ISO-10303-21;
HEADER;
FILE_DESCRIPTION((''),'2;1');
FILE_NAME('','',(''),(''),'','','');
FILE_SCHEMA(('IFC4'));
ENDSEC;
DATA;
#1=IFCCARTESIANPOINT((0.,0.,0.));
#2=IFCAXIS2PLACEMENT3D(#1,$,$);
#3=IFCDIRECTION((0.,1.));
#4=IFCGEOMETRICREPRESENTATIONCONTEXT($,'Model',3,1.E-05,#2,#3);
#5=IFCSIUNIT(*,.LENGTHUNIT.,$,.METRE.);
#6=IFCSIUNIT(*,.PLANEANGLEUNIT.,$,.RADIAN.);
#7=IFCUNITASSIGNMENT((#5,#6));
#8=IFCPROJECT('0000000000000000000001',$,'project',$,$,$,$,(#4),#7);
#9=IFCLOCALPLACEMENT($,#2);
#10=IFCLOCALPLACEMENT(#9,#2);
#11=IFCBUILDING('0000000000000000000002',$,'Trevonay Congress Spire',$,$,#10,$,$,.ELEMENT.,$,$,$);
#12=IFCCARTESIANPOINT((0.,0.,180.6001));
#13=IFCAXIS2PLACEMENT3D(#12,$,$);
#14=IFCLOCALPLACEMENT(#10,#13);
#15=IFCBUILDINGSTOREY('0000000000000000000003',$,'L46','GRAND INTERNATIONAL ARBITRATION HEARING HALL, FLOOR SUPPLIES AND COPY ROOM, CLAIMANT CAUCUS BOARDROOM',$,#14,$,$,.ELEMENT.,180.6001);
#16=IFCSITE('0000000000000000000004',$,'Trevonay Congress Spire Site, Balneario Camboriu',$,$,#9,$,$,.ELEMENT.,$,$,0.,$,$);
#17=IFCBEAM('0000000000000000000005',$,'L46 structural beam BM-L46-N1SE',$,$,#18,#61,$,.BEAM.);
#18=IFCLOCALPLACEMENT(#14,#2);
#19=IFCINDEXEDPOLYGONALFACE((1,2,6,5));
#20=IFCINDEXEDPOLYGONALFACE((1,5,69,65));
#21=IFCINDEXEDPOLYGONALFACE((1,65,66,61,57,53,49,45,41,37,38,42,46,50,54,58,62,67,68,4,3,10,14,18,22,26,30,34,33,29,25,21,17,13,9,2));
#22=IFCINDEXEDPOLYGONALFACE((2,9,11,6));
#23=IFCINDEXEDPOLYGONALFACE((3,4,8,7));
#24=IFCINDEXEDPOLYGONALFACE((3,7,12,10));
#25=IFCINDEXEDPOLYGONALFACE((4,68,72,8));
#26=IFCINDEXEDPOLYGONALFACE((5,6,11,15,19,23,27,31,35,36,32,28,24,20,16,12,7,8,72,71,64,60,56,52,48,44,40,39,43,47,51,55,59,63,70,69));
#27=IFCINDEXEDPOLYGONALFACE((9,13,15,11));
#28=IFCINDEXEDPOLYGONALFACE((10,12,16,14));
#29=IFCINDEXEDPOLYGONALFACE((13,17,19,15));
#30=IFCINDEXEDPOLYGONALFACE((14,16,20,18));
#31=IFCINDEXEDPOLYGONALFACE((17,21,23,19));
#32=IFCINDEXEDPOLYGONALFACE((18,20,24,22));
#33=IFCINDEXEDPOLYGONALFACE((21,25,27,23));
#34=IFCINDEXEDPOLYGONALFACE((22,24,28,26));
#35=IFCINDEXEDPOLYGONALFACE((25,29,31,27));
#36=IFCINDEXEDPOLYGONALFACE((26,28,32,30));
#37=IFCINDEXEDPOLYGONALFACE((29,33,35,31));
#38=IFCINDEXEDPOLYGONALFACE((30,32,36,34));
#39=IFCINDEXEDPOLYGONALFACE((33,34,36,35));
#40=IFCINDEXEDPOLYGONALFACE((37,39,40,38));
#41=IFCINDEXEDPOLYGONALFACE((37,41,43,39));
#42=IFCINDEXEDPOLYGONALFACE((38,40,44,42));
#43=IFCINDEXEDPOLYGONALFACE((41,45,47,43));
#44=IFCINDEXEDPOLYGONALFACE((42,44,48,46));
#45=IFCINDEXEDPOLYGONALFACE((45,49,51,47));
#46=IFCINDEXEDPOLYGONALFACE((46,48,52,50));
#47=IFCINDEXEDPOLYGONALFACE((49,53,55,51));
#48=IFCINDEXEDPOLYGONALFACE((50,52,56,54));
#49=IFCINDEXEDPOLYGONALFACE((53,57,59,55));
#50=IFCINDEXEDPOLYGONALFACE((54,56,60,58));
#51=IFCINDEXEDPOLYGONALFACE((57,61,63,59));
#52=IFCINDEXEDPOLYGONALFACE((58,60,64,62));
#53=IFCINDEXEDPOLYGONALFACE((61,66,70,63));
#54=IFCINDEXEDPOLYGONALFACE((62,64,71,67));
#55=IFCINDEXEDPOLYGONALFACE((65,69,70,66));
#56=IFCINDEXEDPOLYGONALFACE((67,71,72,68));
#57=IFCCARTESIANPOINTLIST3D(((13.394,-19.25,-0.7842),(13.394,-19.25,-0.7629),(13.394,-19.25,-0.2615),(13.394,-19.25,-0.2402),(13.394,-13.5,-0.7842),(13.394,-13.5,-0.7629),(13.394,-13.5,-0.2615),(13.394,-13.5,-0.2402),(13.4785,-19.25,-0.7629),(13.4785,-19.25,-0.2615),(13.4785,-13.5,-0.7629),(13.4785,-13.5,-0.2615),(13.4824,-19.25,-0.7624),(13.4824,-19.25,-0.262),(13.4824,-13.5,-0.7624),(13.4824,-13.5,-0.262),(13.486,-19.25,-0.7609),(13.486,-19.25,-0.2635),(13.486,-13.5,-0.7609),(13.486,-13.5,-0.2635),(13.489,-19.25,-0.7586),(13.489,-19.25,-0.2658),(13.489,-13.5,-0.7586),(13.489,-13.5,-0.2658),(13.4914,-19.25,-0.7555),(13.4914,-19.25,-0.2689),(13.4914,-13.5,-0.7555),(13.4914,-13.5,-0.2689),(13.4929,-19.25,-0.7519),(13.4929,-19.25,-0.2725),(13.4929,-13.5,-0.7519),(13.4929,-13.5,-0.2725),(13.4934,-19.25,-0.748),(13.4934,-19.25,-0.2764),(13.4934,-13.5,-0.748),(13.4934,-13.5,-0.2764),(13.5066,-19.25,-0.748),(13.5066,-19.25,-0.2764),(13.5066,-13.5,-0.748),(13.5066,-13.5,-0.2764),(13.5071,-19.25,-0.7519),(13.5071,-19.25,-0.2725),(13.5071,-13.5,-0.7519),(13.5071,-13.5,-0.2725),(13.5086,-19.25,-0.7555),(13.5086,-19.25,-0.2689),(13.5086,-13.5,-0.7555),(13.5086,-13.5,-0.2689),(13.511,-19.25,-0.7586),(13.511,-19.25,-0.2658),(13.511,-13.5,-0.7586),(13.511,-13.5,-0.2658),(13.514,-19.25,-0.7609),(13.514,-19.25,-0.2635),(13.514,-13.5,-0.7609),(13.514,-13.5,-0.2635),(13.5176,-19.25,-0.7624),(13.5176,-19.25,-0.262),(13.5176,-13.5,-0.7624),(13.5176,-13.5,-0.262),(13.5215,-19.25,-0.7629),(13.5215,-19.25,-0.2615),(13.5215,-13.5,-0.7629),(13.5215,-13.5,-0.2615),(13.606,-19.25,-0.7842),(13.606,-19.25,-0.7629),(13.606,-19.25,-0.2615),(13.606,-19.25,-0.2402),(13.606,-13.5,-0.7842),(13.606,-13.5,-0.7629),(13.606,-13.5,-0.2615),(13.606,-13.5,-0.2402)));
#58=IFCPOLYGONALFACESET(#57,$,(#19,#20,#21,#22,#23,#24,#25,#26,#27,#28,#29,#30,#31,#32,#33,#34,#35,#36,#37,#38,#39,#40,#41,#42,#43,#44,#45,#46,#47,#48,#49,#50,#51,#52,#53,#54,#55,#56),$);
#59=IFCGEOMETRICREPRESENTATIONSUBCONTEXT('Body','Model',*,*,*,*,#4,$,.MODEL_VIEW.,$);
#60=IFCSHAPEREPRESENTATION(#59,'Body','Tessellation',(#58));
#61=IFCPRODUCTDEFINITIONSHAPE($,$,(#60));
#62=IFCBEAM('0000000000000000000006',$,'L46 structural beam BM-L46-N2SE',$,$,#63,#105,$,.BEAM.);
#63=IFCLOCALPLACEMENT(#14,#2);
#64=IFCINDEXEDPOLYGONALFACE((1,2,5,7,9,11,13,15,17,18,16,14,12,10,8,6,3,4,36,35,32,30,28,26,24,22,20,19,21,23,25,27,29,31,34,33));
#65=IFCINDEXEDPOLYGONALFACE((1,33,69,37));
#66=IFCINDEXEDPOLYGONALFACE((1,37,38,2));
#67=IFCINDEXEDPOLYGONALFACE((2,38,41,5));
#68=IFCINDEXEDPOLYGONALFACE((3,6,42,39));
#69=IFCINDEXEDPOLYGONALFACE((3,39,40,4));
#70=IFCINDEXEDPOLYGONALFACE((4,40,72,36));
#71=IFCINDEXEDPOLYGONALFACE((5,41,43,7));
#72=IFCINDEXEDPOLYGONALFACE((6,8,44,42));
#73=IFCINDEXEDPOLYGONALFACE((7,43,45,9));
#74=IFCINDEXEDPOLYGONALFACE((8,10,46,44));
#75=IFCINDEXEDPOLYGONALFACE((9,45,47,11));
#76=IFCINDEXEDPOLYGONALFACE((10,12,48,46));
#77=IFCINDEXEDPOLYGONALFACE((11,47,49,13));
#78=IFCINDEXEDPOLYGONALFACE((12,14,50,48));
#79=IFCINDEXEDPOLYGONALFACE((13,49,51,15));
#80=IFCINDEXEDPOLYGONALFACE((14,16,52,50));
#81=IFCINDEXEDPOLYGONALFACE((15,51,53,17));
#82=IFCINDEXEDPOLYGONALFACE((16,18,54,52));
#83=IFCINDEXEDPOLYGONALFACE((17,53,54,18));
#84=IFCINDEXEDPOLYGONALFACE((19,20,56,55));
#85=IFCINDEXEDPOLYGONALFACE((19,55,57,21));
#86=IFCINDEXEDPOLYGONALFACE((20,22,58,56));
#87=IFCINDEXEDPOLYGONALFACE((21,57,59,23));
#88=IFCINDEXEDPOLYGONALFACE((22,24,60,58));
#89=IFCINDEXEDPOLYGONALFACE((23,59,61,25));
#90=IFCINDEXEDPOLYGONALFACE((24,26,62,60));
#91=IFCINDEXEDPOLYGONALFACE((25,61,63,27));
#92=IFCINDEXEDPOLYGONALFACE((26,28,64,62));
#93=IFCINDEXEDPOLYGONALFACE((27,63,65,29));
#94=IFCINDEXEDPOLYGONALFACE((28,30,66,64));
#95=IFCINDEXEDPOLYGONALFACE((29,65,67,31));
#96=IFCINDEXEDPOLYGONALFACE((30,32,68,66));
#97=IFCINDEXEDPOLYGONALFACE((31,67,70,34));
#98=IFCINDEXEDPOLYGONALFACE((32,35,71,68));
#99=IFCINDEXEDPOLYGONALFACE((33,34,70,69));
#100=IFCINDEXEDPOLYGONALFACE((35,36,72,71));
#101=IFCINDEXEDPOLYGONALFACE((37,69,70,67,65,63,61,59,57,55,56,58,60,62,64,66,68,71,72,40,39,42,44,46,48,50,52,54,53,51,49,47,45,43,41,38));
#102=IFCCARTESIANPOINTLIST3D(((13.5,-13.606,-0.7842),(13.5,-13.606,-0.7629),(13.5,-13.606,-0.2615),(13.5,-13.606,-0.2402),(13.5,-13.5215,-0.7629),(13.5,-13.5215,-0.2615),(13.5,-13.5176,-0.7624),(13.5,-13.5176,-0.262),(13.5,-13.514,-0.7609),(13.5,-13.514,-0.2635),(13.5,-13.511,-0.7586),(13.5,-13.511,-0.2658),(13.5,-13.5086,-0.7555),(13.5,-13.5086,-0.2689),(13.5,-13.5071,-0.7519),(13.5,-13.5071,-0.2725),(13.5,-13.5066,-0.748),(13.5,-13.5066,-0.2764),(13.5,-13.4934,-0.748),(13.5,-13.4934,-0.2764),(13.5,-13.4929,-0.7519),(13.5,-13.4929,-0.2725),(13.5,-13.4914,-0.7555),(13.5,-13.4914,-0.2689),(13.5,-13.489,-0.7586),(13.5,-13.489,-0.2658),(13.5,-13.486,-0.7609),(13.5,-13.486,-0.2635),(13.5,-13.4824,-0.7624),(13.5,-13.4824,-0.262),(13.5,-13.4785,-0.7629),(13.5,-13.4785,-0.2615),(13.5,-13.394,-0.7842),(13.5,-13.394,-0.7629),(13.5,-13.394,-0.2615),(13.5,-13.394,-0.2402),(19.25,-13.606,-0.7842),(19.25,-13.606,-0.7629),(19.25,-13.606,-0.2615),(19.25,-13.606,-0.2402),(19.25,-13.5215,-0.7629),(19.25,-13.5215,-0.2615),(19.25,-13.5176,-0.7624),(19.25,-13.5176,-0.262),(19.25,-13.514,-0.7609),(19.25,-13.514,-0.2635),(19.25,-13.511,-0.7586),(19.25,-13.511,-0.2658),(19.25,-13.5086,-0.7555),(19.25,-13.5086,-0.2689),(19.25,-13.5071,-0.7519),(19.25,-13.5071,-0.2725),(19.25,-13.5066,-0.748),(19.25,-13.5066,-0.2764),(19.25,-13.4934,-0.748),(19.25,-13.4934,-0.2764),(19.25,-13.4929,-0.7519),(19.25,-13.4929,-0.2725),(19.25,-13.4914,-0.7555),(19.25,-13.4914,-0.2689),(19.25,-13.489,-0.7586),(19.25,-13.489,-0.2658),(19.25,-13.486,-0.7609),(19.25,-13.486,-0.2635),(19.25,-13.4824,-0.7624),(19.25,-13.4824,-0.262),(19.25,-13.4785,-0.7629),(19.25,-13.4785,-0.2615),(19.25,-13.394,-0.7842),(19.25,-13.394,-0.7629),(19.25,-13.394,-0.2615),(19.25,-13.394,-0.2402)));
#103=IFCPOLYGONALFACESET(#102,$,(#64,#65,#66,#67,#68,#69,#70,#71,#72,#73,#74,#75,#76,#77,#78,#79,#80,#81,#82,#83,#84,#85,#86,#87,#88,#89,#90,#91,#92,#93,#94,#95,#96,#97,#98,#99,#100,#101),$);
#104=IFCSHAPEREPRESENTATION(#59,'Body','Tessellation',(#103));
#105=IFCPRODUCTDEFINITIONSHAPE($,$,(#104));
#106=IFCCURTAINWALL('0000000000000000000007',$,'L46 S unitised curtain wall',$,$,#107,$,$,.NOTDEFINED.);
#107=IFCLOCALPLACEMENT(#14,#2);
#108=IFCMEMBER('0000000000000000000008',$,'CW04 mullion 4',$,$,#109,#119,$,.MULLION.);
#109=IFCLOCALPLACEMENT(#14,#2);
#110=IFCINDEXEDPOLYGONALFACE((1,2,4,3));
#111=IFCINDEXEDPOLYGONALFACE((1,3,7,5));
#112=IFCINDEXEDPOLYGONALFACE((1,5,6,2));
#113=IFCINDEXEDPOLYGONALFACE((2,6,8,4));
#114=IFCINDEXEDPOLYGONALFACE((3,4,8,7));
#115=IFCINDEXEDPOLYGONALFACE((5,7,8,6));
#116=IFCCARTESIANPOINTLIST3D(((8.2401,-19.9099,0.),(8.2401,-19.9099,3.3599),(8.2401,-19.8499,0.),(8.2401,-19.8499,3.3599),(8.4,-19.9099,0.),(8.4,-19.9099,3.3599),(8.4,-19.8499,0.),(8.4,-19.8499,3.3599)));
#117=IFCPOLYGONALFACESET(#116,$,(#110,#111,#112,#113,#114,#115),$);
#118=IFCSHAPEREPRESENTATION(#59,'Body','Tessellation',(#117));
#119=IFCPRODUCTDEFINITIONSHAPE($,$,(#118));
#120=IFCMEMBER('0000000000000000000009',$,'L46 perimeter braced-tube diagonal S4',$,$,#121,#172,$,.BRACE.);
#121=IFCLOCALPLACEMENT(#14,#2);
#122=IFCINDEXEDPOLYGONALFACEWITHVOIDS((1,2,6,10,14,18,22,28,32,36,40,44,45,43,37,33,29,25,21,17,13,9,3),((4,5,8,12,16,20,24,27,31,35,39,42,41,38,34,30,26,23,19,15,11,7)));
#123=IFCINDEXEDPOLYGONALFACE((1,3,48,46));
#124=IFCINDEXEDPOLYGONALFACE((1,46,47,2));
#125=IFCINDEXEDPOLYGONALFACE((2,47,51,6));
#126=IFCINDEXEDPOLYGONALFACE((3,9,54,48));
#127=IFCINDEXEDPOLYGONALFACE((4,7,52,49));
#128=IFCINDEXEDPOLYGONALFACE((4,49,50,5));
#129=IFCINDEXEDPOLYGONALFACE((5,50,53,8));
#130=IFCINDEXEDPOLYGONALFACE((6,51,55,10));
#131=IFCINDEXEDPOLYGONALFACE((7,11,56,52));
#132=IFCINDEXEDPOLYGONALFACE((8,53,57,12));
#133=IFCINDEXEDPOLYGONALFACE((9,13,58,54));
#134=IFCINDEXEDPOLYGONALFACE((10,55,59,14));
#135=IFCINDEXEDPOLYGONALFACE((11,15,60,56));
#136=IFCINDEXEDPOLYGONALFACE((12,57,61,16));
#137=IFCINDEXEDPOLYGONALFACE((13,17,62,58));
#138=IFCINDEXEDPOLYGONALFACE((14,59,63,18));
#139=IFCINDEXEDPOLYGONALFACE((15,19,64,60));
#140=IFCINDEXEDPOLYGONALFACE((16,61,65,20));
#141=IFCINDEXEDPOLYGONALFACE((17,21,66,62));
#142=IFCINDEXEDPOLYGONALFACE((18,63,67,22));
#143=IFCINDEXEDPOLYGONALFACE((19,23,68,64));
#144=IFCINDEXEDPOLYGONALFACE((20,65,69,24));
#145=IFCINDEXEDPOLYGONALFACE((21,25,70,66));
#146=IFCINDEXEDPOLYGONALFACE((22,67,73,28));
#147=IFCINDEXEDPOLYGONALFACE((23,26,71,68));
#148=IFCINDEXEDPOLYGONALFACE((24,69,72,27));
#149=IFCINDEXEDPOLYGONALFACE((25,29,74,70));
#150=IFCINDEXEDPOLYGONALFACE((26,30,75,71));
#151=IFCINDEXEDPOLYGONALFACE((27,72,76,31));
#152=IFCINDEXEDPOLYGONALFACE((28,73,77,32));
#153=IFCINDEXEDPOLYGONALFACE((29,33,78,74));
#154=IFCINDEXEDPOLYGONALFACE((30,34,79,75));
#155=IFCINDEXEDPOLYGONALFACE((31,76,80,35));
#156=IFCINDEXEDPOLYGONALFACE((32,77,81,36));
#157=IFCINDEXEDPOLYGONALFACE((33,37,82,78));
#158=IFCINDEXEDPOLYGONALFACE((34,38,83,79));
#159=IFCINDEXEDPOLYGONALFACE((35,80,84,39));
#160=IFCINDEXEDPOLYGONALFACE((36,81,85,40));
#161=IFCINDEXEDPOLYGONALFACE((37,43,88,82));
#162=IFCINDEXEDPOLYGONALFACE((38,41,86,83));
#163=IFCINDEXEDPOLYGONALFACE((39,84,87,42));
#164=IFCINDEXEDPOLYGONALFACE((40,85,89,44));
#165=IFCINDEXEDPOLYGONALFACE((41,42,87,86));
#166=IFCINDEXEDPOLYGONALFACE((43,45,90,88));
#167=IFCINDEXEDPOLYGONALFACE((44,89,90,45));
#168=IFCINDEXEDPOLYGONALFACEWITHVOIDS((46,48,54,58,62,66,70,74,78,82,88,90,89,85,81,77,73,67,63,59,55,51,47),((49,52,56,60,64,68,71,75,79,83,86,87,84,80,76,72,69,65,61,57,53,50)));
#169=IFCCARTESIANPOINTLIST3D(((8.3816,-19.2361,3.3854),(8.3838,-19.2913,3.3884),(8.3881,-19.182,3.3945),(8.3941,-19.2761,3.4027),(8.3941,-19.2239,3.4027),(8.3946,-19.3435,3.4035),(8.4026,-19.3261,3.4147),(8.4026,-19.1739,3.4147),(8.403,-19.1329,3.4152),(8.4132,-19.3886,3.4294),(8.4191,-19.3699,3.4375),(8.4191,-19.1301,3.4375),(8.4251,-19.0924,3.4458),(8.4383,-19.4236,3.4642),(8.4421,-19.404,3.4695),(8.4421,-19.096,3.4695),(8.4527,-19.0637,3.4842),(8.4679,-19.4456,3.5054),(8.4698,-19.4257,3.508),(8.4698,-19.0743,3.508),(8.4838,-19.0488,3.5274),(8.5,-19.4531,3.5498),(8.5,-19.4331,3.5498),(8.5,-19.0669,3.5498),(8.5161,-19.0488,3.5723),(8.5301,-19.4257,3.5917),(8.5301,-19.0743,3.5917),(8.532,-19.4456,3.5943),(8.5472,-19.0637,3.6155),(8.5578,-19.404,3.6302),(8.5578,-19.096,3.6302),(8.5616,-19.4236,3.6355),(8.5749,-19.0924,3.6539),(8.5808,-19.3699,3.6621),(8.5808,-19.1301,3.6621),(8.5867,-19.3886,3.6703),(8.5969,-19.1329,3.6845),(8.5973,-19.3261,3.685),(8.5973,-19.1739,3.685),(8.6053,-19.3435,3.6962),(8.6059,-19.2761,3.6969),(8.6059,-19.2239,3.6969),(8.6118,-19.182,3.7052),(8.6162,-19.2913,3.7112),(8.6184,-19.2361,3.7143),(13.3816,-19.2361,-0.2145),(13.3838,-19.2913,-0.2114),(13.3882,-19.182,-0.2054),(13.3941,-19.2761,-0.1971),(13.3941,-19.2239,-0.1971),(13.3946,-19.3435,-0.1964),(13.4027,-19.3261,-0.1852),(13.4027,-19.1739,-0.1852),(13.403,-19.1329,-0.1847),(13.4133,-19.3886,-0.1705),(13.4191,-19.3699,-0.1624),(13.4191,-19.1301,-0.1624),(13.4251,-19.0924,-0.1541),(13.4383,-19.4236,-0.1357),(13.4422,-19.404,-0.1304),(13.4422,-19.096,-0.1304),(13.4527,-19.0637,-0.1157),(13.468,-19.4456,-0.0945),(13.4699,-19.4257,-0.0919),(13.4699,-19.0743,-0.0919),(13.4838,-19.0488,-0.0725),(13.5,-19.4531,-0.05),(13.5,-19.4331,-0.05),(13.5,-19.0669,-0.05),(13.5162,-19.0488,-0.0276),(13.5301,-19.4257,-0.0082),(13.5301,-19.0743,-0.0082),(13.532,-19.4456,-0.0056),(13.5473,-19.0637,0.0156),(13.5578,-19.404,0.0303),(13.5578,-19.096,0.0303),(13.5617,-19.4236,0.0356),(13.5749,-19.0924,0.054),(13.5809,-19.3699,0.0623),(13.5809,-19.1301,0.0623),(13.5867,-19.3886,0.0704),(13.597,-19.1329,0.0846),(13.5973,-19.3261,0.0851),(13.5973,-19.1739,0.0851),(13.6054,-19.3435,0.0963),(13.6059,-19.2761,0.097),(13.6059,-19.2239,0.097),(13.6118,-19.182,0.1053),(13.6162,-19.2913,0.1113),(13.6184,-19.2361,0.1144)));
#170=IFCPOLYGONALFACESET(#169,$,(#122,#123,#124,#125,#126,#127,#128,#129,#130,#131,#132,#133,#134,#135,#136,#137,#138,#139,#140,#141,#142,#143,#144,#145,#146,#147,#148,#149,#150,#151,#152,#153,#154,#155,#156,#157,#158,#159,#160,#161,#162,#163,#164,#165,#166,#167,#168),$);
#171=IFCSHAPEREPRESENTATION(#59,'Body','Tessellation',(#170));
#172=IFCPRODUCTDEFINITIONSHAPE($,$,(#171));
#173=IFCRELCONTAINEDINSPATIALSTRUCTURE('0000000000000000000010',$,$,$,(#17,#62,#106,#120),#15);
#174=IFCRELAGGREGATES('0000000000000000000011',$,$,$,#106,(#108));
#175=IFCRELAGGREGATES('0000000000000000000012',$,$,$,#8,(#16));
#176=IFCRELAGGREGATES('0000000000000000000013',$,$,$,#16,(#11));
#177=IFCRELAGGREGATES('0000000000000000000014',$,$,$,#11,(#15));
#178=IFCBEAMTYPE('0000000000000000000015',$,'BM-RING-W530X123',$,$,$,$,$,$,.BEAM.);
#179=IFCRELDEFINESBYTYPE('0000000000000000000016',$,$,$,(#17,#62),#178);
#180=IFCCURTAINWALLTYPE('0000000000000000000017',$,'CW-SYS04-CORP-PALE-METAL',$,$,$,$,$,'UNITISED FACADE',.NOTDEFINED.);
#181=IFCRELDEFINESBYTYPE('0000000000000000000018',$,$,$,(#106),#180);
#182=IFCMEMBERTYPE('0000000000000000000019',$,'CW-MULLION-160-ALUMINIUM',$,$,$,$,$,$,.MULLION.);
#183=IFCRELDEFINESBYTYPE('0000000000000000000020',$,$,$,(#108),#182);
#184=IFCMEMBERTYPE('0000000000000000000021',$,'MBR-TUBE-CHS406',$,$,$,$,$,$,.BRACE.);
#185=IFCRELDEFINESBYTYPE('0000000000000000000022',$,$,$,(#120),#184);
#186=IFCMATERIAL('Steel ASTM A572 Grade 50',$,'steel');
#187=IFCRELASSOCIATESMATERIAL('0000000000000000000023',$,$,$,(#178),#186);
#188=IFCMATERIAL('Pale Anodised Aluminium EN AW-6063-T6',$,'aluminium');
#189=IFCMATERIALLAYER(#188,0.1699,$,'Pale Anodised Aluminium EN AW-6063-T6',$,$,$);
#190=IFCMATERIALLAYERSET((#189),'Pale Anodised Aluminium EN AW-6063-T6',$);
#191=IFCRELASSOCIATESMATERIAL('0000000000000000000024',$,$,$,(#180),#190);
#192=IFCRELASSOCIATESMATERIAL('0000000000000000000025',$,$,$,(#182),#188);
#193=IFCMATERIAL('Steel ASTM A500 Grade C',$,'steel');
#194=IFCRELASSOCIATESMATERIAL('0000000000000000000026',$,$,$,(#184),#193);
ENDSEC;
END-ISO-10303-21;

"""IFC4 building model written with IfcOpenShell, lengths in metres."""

from ifc_helpers import new_model, si_unit, direction, frame, origin, origin_2d, place, context, subcontext, project, spatial, rectangle, hollow_circle, i_section, extrude, material, layer, layer_set, material_profile, profile_set, type_object, element, aggregate, save


model = new_model("IFC4")

# Units and contexts
model_context = context("Model", 3, precision=1e-05, world=origin(), true_north=direction((0.0, 1.0)))
body_context = subcontext(model_context, "Body", "Model", "MODEL_VIEW")
ifc_project = project(units=[si_unit("LENGTHUNIT", "METRE"), si_unit("PLANEANGLEUNIT", "RADIAN")], contexts=[model_context])

# Site, building, storey
site_placement = place(None, origin())
site = spatial("IfcSite", under=ifc_project, at=site_placement, Name="Trevonay Congress Spire Site, Balneario Camboriu", CompositionType="ELEMENT", RefElevation=0.0)
building_placement = place(site_placement, origin())
building = spatial("IfcBuilding", under=site, at=building_placement, Name="Trevonay Congress Spire", CompositionType="ELEMENT")
storey_placement = place(building_placement, frame((0.0, 0.0, 180.6001)))
storey = spatial("IfcBuildingStorey", under=building, at=storey_placement, Name="L46", Description="GRAND INTERNATIONAL ARBITRATION HEARING HALL, FLOOR SUPPLIES AND COPY ROOM, CLAIMANT CAUCUS BOARDROOM", CompositionType="ELEMENT", Elevation=180.6001)

# Shared definitions
ifc_material_1 = material(Name="Steel ASTM A572 Grade 50", Category="steel")

# Beams
ifc_material_profile_1 = material_profile(ifc_material_1, i_section(OverallWidth=0.2119, OverallDepth=0.5439, WebThickness=0.0132, FlangeThickness=0.0212, FilletRadius=0.0149, at=origin_2d()), Name="W530x123")
ifc_profile_set_1 = profile_set([ifc_material_profile_1], Name="Steel ASTM A572 Grade 50")
beam_type = type_object("IfcBeamType", Name="BM-RING-W530X123", PredefinedType="BEAM", material=ifc_profile_set_1)
for number, where, z_axis, x_axis, name in (
    (1, (13.5, -19.25, -0.5122), (0.0, 1.0, 0.0), (-1.0, 0.0, 0.0), "L46 structural beam BM-L46-N1SE"),
    (2, (19.25, -13.5, -0.5122), (-1.0, 0.0, 0.0), (0.0, -1.0, 0.0), "L46 structural beam BM-L46-N2SE"),
):
    element("IfcBeam", number, at=place(storey_placement, frame(where, z_axis=z_axis, x_axis=x_axis)), inside=storey, type_object=beam_type, Name=name, PredefinedType="BEAM", context=body_context, shape_type="SweptSolid", body=[
        extrude(i_section(OverallWidth=0.2119, OverallDepth=0.5439, WebThickness=0.0132, FlangeThickness=0.0212, FilletRadius=0.0149, at=origin_2d()), origin(), (0.0, 0.0, 1.0), 5.75),
    ])

# Curtain wall, member
ifc_material_2 = material(Name="Pale Anodised Aluminium EN AW-6063-T6", Category="aluminium")
ifc_layer_1 = layer(ifc_material_2, 0.1699, Name="Pale Anodised Aluminium EN AW-6063-T6")
ifc_layer_set_1 = layer_set([ifc_layer_1], Name="Pale Anodised Aluminium EN AW-6063-T6")
curtain_wall_type = type_object("IfcCurtainWallType", Name="CW-SYS04-CORP-PALE-METAL", ElementType="UNITISED FACADE", PredefinedType="NOTDEFINED", material=ifc_layer_set_1)
curtain_wall_placement = place(storey_placement, origin())
curtain_wall = element("IfcCurtainWall", 3, at=curtain_wall_placement, inside=storey, type_object=curtain_wall_type, Name="L46 S unitised curtain wall", PredefinedType="NOTDEFINED")
ifc_material_profile_2 = material_profile(ifc_material_2, rectangle(XDim=0.0601, YDim=0.1599, at=origin_2d()), Name="CW-MULLION-160-ALUMINIUM")
ifc_profile_set_2 = profile_set([ifc_material_profile_2], Name="Pale Anodised Aluminium EN AW-6063-T6")
member_type_1 = type_object("IfcMemberType", Name="CW-MULLION-160-ALUMINIUM", PredefinedType="MULLION", material=ifc_profile_set_2)
member_placement = place(storey_placement, frame((8.3201, -19.8799, 0.0), z_axis=(0.0, 0.0, 1.0), x_axis=(0.0, 1.0, 0.0)))
member = element("IfcMember", 4, at=member_placement, type_object=member_type_1, Name="CW04 mullion 4", PredefinedType="MULLION", context=body_context, shape_type="SweptSolid", body=[
    extrude(rectangle(XDim=0.0601, YDim=0.1599, at=origin_2d()), origin(), (0.0, 0.0, 1.0), 3.3599),
])
aggregate(curtain_wall, [member])

# Member
ifc_material_3 = material(Name="Steel ASTM A500 Grade C", Category="steel")
ifc_material_profile_3 = material_profile(ifc_material_3, hollow_circle(Radius=0.2031, WallThickness=0.02, at=origin_2d()), Name="CHS 406.4x20")
ifc_profile_set_3 = profile_set([ifc_material_profile_3], Name="Steel ASTM A500 Grade C")
member_type_2 = type_object("IfcMemberType", Name="MBR-TUBE-CHS406", PredefinedType="BRACE", material=ifc_profile_set_3)
for number, where, z_axis, x_axis, name in (
    (5, (13.5, -19.25, -0.05), (-0.811546, 0.0, 0.584289), (0.0, -1.0, 0.0), "L46 perimeter braced-tube diagonal S4"),
):
    element("IfcMember", number, at=place(storey_placement, frame(where, z_axis=z_axis, x_axis=x_axis)), inside=storey, type_object=member_type_2, Name=name, PredefinedType="BRACE", context=body_context, shape_type="SweptSolid", body=[
        extrude(hollow_circle(Radius=0.2031, WallThickness=0.02, at=origin_2d()), origin(), (0.0, 0.0, 1.0), 6.1611),
    ])

save(model, "model.ifc")
